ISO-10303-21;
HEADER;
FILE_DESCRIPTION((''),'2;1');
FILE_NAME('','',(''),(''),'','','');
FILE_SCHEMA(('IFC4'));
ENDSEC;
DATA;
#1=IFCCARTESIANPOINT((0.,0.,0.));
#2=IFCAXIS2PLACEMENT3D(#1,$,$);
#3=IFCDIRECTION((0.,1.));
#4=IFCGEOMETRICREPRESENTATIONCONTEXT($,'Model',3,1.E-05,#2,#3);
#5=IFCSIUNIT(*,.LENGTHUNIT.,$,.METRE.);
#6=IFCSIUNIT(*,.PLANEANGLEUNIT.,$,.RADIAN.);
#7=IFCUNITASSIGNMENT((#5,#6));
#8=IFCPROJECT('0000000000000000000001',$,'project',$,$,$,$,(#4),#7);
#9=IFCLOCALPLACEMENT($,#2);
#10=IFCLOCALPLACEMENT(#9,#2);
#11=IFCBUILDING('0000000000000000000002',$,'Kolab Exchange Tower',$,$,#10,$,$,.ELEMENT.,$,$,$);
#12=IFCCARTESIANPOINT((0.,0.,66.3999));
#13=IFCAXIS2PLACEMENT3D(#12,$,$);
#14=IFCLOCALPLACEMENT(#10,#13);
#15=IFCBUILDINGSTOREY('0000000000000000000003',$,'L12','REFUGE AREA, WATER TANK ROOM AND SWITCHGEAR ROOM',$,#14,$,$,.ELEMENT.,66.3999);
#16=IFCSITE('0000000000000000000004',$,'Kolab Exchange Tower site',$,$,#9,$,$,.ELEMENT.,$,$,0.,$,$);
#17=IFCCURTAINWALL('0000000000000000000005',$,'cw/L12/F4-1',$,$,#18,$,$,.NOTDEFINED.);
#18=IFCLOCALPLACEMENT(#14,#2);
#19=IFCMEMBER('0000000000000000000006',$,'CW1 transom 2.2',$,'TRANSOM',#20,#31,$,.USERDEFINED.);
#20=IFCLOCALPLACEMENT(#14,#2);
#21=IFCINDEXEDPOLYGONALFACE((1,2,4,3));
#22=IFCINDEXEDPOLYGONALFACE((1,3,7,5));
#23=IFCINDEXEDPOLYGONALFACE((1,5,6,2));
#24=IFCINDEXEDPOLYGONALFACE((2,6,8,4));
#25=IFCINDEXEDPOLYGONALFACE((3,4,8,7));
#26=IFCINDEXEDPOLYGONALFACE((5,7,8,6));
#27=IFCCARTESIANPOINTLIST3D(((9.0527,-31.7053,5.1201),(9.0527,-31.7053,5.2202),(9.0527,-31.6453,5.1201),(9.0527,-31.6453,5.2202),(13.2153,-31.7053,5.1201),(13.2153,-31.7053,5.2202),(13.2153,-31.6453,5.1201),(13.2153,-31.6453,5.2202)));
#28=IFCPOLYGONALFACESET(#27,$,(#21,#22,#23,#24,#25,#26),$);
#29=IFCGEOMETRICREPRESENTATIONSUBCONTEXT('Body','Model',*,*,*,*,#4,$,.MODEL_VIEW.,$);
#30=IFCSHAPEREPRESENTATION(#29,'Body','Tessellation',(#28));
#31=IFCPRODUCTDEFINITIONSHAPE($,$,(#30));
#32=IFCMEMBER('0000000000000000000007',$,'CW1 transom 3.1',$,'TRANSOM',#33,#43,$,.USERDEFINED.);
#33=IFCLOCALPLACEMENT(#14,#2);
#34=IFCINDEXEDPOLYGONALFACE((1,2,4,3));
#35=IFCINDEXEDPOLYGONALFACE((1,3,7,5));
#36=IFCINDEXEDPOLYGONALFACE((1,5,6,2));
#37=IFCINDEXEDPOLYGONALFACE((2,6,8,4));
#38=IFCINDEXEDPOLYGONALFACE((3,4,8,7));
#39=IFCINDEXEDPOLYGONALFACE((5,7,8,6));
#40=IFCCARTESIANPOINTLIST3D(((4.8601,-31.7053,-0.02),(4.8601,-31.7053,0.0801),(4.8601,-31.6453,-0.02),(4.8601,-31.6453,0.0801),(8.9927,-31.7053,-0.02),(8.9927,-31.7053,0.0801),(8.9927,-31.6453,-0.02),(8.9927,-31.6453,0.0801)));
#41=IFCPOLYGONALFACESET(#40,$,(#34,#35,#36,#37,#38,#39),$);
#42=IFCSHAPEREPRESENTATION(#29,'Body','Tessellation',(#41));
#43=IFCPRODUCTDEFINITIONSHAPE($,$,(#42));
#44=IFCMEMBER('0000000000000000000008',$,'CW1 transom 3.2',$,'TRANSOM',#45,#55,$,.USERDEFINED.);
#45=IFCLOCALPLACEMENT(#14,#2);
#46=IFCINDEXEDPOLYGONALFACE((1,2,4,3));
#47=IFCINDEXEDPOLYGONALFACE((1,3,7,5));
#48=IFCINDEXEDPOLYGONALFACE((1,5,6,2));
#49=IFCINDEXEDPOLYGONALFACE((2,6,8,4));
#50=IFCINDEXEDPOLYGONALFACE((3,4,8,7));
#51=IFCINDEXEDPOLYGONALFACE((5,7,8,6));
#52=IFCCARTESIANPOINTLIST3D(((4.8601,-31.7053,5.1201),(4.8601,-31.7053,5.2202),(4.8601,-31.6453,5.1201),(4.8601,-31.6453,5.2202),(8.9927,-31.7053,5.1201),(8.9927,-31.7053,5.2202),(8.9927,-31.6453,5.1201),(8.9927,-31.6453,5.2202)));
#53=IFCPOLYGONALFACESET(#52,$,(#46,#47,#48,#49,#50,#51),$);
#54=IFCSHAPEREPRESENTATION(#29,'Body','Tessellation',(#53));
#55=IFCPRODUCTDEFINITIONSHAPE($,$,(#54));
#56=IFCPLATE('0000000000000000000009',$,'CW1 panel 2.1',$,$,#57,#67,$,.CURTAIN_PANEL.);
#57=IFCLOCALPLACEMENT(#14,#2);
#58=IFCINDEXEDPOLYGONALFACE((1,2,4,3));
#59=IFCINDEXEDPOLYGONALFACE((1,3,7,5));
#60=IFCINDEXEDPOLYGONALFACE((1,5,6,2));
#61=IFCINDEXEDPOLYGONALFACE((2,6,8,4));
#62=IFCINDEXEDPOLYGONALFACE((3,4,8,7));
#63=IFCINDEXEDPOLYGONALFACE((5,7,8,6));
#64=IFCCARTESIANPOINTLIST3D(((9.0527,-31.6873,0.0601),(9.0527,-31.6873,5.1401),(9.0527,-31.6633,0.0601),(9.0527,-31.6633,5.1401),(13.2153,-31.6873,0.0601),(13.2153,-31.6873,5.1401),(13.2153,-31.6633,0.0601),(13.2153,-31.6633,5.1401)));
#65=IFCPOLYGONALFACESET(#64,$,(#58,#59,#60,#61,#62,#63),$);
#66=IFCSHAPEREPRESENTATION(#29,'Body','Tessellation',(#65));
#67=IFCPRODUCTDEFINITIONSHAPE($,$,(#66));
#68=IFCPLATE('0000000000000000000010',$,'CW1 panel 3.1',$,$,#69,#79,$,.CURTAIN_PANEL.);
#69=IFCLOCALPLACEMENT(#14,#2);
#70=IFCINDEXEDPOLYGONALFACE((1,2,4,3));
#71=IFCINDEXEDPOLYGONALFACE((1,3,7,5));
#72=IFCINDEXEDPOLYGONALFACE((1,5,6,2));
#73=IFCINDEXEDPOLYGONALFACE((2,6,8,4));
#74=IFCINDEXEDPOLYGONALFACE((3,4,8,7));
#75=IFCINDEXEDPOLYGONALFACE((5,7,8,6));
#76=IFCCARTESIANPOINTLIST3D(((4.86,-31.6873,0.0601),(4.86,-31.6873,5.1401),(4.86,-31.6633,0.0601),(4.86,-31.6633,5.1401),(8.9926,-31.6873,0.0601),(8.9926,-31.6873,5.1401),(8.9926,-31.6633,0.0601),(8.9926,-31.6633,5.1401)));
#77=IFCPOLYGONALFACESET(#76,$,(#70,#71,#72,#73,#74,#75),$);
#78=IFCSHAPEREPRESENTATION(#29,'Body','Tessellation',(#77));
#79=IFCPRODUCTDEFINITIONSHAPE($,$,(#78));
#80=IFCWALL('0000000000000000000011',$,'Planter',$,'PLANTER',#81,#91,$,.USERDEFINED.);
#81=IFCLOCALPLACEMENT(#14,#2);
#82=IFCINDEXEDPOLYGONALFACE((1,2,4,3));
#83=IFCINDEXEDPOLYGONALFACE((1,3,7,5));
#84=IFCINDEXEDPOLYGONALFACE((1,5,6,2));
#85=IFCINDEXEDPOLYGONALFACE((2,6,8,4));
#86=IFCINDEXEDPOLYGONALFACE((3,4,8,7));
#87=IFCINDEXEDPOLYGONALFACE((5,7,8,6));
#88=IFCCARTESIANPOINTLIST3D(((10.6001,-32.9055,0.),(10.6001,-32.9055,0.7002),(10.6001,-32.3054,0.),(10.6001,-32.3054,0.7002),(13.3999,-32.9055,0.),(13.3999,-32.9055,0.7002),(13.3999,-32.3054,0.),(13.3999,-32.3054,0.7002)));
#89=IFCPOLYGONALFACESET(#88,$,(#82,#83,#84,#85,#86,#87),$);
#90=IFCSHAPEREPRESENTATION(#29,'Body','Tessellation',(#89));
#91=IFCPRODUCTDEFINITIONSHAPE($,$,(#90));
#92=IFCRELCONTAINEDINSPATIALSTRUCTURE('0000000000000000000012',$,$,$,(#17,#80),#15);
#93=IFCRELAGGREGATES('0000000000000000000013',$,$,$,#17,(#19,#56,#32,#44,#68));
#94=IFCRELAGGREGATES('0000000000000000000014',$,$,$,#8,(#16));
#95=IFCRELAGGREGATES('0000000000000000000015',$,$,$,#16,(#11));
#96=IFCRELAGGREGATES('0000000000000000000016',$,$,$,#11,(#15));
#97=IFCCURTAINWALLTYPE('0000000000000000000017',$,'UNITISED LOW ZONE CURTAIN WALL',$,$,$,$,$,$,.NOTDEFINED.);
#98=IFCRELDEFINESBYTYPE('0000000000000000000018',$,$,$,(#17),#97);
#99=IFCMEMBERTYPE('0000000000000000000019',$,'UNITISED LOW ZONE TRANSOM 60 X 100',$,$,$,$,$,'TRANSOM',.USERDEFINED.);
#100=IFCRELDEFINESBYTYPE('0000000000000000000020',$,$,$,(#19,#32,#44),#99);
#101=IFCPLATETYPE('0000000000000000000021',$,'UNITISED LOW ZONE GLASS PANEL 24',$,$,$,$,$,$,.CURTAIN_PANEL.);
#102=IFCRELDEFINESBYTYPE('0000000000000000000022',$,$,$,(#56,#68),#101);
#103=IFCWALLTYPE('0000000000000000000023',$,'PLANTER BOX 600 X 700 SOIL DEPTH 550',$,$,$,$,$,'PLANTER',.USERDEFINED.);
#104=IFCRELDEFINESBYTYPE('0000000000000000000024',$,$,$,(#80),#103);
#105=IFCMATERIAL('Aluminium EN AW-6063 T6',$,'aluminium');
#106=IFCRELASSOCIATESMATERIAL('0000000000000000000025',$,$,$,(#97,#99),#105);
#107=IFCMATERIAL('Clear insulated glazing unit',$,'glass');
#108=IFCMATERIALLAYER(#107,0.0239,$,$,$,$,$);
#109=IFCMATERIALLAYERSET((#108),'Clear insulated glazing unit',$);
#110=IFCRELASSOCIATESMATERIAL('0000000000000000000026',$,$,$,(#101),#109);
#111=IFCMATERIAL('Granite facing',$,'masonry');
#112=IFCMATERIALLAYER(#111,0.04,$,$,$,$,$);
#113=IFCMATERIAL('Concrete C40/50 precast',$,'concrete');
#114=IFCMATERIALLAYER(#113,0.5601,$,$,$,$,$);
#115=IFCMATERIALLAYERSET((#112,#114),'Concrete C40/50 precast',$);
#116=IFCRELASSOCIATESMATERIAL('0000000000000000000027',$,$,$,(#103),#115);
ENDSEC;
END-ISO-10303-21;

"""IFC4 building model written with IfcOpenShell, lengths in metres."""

from ifc_helpers import new_model, si_unit, direction, frame, frame_2d, origin, origin_2d, place, context, subcontext, project, spatial, rectangle, extrude, material, layer, layer_set, material_profile, profile_set, type_object, element, aggregate, save


model = new_model("IFC4")

# Units and contexts
model_context = context("Model", 3, precision=1e-05, world=origin(), true_north=direction((0.0, 1.0)))
body_context = subcontext(model_context, "Body", "Model", "MODEL_VIEW")
ifc_project = project(units=[si_unit("LENGTHUNIT", "METRE"), si_unit("PLANEANGLEUNIT", "RADIAN")], contexts=[model_context])

# Site, building, storey
site_placement = place(None, origin())
site = spatial("IfcSite", under=ifc_project, at=site_placement, Name="Kolab Exchange Tower site", CompositionType="ELEMENT", RefElevation=0.0)
building_placement = place(site_placement, origin())
building = spatial("IfcBuilding", under=site, at=building_placement, Name="Kolab Exchange Tower", CompositionType="ELEMENT")
storey_placement = place(building_placement, frame((0.0, 0.0, 66.3999)))
storey = spatial("IfcBuildingStorey", under=building, at=storey_placement, Name="L12", Description="REFUGE AREA, WATER TANK ROOM AND SWITCHGEAR ROOM", CompositionType="ELEMENT", Elevation=66.3999)

# Curtain wall, members, plates
ifc_material_1 = material(Name="Aluminium EN AW-6063 T6", Category="aluminium")
curtain_wall_type = type_object("IfcCurtainWallType", Name="UNITISED LOW ZONE CURTAIN WALL", PredefinedType="NOTDEFINED", material=ifc_material_1)
curtain_wall_placement = place(storey_placement, origin())
curtain_wall = element("IfcCurtainWall", 1, at=curtain_wall_placement, inside=storey, type_object=curtain_wall_type, Name="cw/L12/F4-1", PredefinedType="NOTDEFINED")
ifc_material_profile_1 = material_profile(ifc_material_1, rectangle(XDim=0.0601, YDim=0.1001, at=origin_2d()), Name="RECT 60X100")
ifc_profile_set_1 = profile_set([ifc_material_profile_1], Name="Aluminium EN AW-6063 T6")
member_type_1 = type_object("IfcMemberType", Name="UNITISED LOW ZONE TRANSOM 60 X 100", ElementType="TRANSOM", PredefinedType="USERDEFINED", material=ifc_profile_set_1)
member_1_placement = place(storey_placement, frame((13.2153, -31.6753, 5.1702), z_axis=(-1.0, 0.0, 0.0), x_axis=(0.0, -1.0, 0.0)))
member_1 = element("IfcMember", 2, at=member_1_placement, type_object=member_type_1, Name="CW1 transom 2.2", ObjectType="TRANSOM", PredefinedType="USERDEFINED", context=body_context, shape_type="SweptSolid", body=[
    extrude(rectangle(XDim=0.0601, YDim=0.1001, at=origin_2d()), origin(), (0.0, 0.0, 1.0), 4.1626),
])
member_2_placement = place(storey_placement, frame((8.9927, -31.6753, 0.03), z_axis=(-1.0, 0.0, 0.0), x_axis=(0.0, -1.0, 0.0)))
member_2 = element("IfcMember", 3, at=member_2_placement, type_object=member_type_1, Name="CW1 transom 3.1", ObjectType="TRANSOM", PredefinedType="USERDEFINED", context=body_context, shape_type="SweptSolid", body=[
    extrude(rectangle(XDim=0.0601, YDim=0.1001, at=origin_2d()), origin(), (0.0, 0.0, 1.0), 4.1326),
])
member_3_placement = place(storey_placement, frame((8.9927, -31.6753, 5.1702), z_axis=(-1.0, 0.0, 0.0), x_axis=(0.0, -1.0, 0.0)))
member_3 = element("IfcMember", 4, at=member_3_placement, type_object=member_type_1, Name="CW1 transom 3.2", ObjectType="TRANSOM", PredefinedType="USERDEFINED", context=body_context, shape_type="SweptSolid", body=[
    extrude(rectangle(XDim=0.0601, YDim=0.1001, at=origin_2d()), origin(), (0.0, 0.0, 1.0), 4.1326),
])
ifc_material_2 = material(Name="Clear insulated glazing unit", Category="glass")
ifc_layer_1 = layer(ifc_material_2, 0.0239)
ifc_layer_set_1 = layer_set([ifc_layer_1], Name="Clear insulated glazing unit")
plate_type = type_object("IfcPlateType", Name="UNITISED LOW ZONE GLASS PANEL 24", PredefinedType="CURTAIN_PANEL", material=ifc_layer_set_1)
plate_1_placement = place(storey_placement, frame((11.134, -31.6753, 0.0601), z_axis=(0.0, 0.0, 1.0), x_axis=(-1.0, 0.0, 0.0)))
plate_1 = element("IfcPlate", 5, at=plate_1_placement, type_object=plate_type, Name="CW1 panel 2.1", PredefinedType="CURTAIN_PANEL", context=body_context, shape_type="SweptSolid", body=[
    extrude(rectangle(XDim=4.1626, YDim=0.0239, at=origin_2d()), origin(), (0.0, 0.0, 1.0), 5.0801),
])
plate_2_placement = place(storey_placement, frame((6.9263, -31.6753, 0.0601), z_axis=(0.0, 0.0, 1.0), x_axis=(-1.0, 0.0, 0.0)))
plate_2 = element("IfcPlate", 6, at=plate_2_placement, type_object=plate_type, Name="CW1 panel 3.1", PredefinedType="CURTAIN_PANEL", context=body_context, shape_type="SweptSolid", body=[
    extrude(rectangle(XDim=4.1326, YDim=0.0239, at=origin_2d()), origin(), (0.0, 0.0, 1.0), 5.0801),
])
aggregate(curtain_wall, [member_1, plate_1, member_2, member_3, plate_2])

# Wall
ifc_material_3 = material(Name="Granite facing", Category="masonry")
ifc_layer_2 = layer(ifc_material_3, 0.04)
ifc_material_4 = material(Name="Concrete C40/50 precast", Category="concrete")
ifc_layer_3 = layer(ifc_material_4, 0.5601)
ifc_layer_set_2 = layer_set([ifc_layer_2, ifc_layer_3], Name="Concrete C40/50 precast")
wall_type_1 = type_object("IfcWallType", Name="PLANTER BOX 600 X 700 SOIL DEPTH 550", ElementType="PLANTER", PredefinedType="USERDEFINED", material=ifc_layer_set_2)
wall_1_placement = place(storey_placement, frame((13.3999, -32.6055, 0.0), z_axis=(0.0, 0.0, 1.0), x_axis=(-1.0, 0.0, 0.0)))
element("IfcWall", 7, at=wall_1_placement, inside=storey, type_object=wall_type_1, Name="Planter", ObjectType="PLANTER", PredefinedType="USERDEFINED", context=body_context, shape_type="SweptSolid", body=[
    extrude(rectangle(XDim=2.7998, YDim=0.6001, at=frame_2d((1.3999, 0.0))), origin(), (0.0, 0.0, 1.0), 0.7002),
])

save(model, "model.ifc")
